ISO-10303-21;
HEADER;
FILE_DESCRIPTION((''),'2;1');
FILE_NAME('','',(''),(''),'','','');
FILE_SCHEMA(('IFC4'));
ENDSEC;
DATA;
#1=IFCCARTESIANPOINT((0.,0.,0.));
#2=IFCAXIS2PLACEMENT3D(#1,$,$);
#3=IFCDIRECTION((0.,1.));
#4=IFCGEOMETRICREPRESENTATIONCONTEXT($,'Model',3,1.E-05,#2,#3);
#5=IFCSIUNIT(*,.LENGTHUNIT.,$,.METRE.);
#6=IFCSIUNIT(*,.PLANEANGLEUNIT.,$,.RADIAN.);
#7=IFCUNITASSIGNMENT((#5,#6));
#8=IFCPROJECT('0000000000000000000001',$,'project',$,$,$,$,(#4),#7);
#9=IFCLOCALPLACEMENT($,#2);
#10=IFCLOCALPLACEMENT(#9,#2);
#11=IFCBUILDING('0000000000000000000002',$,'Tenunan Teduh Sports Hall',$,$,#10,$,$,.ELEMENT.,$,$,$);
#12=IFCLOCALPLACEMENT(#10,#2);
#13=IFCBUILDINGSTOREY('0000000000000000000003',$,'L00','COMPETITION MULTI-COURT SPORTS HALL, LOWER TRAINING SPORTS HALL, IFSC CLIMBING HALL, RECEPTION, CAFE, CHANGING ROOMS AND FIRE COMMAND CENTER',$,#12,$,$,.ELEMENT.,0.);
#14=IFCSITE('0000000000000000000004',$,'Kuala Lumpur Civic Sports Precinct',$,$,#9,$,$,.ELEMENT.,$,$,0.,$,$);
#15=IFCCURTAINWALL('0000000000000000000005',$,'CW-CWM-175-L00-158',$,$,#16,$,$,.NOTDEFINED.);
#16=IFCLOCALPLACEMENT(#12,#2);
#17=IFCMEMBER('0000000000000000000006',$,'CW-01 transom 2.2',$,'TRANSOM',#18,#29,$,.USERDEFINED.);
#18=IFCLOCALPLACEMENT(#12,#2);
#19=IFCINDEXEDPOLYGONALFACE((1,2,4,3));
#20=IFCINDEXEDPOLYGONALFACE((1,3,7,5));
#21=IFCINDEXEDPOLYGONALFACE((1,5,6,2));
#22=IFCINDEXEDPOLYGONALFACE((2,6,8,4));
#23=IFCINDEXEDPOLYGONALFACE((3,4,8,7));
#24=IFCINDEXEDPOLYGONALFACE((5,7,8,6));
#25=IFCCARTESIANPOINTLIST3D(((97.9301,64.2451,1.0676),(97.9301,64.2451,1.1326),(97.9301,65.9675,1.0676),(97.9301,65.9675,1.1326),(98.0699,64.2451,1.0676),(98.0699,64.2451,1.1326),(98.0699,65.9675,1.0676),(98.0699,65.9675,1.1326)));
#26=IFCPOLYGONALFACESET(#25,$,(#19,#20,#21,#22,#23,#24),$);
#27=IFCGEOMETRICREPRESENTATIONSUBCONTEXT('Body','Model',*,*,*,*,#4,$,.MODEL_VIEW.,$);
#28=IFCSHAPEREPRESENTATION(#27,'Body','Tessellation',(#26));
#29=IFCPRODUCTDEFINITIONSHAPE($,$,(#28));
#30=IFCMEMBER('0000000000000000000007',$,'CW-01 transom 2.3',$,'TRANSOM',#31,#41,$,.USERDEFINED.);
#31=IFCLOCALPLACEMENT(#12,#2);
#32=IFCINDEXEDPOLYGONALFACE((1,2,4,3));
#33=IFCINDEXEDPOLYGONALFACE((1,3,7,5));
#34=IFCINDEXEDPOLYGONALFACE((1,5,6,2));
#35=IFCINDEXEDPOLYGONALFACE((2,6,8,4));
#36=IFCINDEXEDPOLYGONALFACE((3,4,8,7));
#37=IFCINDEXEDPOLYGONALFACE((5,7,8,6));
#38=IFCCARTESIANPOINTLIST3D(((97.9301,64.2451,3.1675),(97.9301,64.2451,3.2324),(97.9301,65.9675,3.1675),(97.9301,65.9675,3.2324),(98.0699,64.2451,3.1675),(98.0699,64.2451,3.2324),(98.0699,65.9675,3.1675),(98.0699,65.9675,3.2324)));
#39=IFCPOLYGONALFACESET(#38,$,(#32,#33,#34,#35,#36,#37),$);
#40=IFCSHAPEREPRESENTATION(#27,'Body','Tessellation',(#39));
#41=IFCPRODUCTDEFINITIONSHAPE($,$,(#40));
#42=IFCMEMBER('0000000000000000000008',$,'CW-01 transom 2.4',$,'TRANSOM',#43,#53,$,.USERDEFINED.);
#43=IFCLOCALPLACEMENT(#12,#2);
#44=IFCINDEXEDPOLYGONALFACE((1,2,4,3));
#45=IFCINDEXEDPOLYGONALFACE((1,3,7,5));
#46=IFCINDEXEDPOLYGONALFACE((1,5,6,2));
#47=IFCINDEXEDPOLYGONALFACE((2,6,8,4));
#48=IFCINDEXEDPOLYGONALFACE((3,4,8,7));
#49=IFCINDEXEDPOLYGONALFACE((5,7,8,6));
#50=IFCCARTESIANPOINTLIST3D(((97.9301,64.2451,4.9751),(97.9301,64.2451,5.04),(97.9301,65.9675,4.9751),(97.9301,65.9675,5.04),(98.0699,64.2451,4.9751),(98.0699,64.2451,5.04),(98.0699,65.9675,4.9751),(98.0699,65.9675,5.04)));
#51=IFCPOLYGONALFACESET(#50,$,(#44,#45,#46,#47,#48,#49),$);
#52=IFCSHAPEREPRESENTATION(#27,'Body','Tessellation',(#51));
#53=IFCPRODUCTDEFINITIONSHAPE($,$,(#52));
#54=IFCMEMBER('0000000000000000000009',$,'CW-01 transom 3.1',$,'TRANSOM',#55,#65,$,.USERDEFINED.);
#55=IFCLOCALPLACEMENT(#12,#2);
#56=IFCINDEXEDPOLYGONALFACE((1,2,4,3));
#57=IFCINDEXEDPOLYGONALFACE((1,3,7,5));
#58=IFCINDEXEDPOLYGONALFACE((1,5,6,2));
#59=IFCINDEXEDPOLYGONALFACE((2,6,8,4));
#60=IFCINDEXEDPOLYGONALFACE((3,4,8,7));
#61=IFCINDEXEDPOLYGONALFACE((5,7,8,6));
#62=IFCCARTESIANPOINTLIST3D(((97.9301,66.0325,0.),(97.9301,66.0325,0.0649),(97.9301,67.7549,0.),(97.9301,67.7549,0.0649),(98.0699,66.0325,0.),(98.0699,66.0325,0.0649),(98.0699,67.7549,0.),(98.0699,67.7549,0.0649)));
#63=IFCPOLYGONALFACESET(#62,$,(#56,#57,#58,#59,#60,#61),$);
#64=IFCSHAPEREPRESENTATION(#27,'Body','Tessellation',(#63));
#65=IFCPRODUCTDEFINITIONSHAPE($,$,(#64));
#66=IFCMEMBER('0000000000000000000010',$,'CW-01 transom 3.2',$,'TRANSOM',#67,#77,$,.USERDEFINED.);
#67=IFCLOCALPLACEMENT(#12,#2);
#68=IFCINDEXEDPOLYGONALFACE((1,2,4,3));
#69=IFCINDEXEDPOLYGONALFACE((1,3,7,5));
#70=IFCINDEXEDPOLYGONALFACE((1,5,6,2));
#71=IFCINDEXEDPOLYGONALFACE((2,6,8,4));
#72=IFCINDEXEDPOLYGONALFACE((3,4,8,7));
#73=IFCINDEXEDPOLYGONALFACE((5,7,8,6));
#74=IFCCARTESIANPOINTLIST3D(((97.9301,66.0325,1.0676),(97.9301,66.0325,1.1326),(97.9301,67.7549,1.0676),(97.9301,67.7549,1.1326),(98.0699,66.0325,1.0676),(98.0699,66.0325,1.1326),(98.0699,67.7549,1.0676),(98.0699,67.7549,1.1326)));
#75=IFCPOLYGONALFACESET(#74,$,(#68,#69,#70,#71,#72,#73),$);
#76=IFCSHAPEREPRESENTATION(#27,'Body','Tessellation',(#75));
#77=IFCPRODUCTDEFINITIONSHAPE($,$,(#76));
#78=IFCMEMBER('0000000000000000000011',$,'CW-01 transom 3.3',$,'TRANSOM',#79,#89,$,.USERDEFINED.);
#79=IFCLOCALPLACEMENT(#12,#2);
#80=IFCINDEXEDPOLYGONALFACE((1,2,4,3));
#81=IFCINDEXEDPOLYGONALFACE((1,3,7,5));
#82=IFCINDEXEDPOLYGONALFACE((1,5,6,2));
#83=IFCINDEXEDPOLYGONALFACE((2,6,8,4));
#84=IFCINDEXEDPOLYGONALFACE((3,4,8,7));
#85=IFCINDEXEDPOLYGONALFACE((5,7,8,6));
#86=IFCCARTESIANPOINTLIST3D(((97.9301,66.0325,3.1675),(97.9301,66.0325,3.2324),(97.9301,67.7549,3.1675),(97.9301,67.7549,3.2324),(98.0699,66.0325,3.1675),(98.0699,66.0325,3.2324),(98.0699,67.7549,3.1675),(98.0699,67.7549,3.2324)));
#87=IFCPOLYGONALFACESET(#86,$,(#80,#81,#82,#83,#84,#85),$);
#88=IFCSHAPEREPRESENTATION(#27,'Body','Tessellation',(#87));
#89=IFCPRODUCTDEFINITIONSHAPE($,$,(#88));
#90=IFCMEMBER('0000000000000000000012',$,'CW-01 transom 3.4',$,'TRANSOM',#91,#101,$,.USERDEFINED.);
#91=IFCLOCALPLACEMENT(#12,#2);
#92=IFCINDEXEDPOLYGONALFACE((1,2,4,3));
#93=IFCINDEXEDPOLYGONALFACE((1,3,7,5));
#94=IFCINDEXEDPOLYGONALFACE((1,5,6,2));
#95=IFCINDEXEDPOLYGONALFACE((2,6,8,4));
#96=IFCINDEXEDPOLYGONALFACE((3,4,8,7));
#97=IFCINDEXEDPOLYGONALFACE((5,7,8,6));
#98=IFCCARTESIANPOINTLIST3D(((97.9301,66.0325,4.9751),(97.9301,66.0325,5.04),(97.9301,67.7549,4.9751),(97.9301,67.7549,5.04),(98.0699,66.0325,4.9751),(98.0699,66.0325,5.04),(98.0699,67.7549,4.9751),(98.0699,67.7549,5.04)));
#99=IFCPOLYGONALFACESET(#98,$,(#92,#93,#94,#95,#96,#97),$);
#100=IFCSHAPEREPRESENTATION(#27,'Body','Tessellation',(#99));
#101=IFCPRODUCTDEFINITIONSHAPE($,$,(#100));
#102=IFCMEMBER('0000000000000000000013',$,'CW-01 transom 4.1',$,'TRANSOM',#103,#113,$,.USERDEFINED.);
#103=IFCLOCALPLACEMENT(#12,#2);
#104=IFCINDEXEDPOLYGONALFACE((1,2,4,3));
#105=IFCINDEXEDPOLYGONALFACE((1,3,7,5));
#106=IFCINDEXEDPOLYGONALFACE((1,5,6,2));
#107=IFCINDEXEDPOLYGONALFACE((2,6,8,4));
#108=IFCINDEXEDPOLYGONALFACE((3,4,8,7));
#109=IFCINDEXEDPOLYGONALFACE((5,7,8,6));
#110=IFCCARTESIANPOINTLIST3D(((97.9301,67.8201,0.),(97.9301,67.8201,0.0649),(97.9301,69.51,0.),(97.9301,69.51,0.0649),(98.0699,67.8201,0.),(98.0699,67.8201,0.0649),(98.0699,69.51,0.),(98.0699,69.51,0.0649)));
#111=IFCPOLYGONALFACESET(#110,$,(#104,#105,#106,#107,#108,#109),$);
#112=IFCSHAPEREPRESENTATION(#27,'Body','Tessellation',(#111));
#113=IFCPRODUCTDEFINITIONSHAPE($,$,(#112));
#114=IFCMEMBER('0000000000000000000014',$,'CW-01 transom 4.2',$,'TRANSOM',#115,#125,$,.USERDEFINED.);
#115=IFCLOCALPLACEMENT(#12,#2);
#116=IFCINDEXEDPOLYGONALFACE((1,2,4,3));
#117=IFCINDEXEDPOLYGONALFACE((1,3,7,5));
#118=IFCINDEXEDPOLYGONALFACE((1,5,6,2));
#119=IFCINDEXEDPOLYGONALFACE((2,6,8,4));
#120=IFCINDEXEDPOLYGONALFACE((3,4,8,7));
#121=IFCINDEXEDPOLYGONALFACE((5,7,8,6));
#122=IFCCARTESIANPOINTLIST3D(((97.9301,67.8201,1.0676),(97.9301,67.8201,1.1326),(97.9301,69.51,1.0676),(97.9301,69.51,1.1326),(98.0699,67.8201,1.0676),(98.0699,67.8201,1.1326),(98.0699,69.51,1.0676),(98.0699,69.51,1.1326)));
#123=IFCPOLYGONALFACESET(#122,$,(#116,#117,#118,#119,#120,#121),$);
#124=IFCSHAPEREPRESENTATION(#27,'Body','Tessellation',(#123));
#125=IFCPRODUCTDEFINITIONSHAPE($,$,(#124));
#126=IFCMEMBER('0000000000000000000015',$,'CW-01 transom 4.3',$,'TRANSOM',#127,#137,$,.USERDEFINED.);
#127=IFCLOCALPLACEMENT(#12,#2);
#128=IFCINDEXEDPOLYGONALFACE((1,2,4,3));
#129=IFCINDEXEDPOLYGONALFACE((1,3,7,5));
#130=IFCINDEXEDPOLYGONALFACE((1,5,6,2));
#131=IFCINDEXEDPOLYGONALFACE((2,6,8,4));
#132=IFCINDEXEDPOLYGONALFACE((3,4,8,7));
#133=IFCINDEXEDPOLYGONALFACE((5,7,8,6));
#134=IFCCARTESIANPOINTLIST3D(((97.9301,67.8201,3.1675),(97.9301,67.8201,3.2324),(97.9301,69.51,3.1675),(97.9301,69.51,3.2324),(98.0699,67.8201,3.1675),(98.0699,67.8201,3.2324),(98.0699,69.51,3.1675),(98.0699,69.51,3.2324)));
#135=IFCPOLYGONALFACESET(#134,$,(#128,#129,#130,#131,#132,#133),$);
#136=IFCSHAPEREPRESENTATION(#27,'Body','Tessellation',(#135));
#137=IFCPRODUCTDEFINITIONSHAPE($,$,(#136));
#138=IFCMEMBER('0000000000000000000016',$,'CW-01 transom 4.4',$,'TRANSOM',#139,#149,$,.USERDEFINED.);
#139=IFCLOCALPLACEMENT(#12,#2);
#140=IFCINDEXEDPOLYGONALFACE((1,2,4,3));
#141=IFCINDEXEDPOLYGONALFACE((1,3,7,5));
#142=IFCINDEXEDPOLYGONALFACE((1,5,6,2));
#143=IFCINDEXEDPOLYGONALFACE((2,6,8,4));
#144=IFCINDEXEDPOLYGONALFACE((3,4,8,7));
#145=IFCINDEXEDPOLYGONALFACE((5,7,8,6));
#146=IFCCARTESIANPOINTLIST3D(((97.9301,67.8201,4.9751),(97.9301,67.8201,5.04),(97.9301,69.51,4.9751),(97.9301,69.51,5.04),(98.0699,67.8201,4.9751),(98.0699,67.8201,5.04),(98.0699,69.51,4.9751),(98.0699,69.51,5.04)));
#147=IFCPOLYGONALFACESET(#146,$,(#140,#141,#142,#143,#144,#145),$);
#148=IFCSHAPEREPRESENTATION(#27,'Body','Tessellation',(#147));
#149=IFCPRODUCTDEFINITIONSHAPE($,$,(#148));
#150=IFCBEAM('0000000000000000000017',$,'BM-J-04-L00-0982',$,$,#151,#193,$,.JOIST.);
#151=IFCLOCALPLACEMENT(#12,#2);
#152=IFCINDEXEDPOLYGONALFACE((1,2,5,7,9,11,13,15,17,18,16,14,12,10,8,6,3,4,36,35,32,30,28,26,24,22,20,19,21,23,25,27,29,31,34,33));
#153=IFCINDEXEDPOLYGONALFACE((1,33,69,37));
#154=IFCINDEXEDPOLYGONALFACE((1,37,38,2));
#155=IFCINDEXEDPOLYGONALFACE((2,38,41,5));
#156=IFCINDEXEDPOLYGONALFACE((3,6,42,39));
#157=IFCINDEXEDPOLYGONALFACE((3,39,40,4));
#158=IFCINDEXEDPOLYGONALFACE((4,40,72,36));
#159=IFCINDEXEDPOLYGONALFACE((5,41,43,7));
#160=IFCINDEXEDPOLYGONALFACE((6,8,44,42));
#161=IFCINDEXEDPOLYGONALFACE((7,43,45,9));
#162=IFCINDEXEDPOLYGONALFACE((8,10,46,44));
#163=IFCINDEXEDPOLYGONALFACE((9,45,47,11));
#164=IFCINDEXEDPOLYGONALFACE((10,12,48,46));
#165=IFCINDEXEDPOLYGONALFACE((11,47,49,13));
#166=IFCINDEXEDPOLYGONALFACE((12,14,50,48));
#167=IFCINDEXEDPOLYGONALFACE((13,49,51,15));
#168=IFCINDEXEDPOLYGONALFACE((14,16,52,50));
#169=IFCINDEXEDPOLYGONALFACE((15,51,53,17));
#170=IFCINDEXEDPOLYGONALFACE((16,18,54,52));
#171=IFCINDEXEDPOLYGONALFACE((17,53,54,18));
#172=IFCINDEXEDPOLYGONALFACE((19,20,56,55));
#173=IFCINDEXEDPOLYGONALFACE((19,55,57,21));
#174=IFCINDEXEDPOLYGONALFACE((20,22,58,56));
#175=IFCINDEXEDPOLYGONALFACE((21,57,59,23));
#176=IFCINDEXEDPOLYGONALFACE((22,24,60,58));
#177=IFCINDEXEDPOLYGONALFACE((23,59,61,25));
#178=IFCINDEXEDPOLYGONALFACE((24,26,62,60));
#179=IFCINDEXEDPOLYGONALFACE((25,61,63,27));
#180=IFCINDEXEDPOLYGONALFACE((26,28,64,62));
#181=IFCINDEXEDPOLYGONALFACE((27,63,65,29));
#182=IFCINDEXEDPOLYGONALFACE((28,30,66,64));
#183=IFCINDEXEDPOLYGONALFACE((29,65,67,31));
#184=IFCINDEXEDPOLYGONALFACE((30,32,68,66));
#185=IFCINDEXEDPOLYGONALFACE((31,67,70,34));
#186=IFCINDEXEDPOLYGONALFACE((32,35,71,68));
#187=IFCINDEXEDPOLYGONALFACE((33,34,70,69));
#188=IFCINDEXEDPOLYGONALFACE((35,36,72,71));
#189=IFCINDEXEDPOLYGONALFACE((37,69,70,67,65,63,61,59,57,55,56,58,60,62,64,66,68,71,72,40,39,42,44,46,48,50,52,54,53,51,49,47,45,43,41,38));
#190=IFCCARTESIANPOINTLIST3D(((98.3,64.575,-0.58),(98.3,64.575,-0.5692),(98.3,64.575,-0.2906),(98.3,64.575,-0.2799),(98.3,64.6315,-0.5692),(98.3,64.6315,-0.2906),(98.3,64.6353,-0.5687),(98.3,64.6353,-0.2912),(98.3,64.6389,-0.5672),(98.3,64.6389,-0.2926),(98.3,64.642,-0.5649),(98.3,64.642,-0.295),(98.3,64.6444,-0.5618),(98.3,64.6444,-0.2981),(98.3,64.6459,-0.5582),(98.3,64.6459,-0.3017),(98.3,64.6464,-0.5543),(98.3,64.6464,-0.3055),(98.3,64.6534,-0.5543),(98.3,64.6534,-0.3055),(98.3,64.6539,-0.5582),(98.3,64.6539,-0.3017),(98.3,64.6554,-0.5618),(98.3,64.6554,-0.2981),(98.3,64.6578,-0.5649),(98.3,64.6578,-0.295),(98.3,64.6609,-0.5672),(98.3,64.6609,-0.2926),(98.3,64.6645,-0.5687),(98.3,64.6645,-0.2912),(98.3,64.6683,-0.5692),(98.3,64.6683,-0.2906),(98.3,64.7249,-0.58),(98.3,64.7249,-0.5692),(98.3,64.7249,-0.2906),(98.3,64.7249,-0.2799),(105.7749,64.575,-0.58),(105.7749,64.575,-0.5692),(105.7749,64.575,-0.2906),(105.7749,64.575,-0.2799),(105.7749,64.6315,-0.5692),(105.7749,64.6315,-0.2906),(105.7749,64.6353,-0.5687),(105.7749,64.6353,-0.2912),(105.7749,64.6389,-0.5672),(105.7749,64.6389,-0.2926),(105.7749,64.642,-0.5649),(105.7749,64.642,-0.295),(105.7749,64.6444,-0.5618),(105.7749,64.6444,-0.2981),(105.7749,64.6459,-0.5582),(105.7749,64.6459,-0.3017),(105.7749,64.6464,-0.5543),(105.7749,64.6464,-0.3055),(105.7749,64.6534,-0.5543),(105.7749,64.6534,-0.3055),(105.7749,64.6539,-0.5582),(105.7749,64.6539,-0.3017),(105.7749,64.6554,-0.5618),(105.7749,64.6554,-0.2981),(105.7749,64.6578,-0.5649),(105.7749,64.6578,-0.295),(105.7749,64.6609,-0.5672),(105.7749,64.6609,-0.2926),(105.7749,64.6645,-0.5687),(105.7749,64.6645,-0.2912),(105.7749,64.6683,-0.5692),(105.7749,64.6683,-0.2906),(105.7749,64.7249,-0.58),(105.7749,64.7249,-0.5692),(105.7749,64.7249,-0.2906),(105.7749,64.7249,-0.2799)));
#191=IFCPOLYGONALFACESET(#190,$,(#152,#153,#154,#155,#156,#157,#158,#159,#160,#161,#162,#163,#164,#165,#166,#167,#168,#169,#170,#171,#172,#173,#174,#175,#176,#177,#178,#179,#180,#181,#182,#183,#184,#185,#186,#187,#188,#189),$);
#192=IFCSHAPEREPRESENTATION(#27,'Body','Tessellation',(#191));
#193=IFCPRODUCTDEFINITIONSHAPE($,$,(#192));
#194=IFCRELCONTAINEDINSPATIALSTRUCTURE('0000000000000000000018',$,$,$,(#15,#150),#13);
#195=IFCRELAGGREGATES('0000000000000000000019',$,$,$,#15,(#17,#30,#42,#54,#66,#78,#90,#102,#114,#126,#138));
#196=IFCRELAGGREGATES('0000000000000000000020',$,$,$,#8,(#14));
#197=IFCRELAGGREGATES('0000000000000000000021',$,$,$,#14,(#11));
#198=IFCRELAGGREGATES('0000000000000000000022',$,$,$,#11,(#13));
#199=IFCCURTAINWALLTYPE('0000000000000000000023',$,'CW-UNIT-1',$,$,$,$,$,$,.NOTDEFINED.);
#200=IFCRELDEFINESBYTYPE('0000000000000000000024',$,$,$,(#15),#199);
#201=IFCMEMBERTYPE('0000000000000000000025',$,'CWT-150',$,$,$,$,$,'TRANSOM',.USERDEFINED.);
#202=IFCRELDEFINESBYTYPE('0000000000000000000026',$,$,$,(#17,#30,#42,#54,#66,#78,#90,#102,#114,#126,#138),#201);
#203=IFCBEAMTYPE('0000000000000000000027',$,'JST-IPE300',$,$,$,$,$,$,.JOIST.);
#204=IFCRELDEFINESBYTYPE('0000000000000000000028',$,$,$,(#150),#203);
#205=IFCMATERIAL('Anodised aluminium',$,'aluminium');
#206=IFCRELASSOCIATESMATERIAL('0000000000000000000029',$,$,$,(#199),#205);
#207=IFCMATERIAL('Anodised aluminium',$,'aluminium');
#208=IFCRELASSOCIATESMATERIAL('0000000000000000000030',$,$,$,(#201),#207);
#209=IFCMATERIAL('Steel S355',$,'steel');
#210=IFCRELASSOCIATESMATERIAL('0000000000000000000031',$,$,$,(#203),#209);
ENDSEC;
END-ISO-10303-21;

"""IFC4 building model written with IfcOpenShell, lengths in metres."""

from ifc_helpers import new_model, si_unit, direction, frame, origin, origin_2d, place, context, subcontext, project, spatial, rectangle, i_section, extrude, material, material_profile, profile_set, type_object, element, aggregate, save


model = new_model("IFC4")

# Units and contexts
model_context = context("Model", 3, precision=1e-05, world=origin(), true_north=direction((0.0, 1.0)))
body_context = subcontext(model_context, "Body", "Model", "MODEL_VIEW")
ifc_project = project(units=[si_unit("LENGTHUNIT", "METRE"), si_unit("PLANEANGLEUNIT", "RADIAN")], contexts=[model_context])

# Site, building, storey
site_placement = place(None, origin())
site = spatial("IfcSite", under=ifc_project, at=site_placement, Name="Kuala Lumpur Civic Sports Precinct", CompositionType="ELEMENT", RefElevation=0.0)
building_placement = place(site_placement, origin())
building = spatial("IfcBuilding", under=site, at=building_placement, Name="Tenunan Teduh Sports Hall", CompositionType="ELEMENT")
storey_placement = place(building_placement, origin())
storey = spatial("IfcBuildingStorey", under=building, at=storey_placement, Name="L00", Description="COMPETITION MULTI-COURT SPORTS HALL, LOWER TRAINING SPORTS HALL, IFSC CLIMBING HALL, RECEPTION, CAFE, CHANGING ROOMS AND FIRE COMMAND CENTER", CompositionType="ELEMENT", Elevation=0.0)

# Curtain wall, members
ifc_material_1 = material(Name="Anodised aluminium", Category="aluminium")
curtain_wall_type = type_object("IfcCurtainWallType", Name="CW-UNIT-1", PredefinedType="NOTDEFINED", material=ifc_material_1)
curtain_wall_placement = place(storey_placement, origin())
curtain_wall = element("IfcCurtainWall", 1, at=curtain_wall_placement, inside=storey, type_object=curtain_wall_type, Name="CW-CWM-175-L00-158", PredefinedType="NOTDEFINED")
ifc_material_2 = material(Name="Anodised aluminium", Category="aluminium")
ifc_material_profile_1 = material_profile(ifc_material_2, rectangle(XDim=0.0649, YDim=0.1399, at=origin_2d()), Name="CWT 65x140")
ifc_profile_set_1 = profile_set([ifc_material_profile_1], Name="Anodised aluminium")
member_type = type_object("IfcMemberType", Name="CWT-150", ElementType="TRANSOM", PredefinedType="USERDEFINED", material=ifc_profile_set_1)
member_1_placement = place(storey_placement, frame((98.0, 64.2451, 1.1001), z_axis=(0.0, 1.0, 0.0), x_axis=(0.0, 0.0, 1.0)))
member_1 = element("IfcMember", 2, at=member_1_placement, type_object=member_type, Name="CW-01 transom 2.2", ObjectType="TRANSOM", PredefinedType="USERDEFINED", context=body_context, shape_type="SweptSolid", body=[
    extrude(rectangle(XDim=0.0649, YDim=0.1399, at=origin_2d()), origin(), (0.0, 0.0, 1.0), 1.7224),
])
member_2_placement = place(storey_placement, frame((98.0, 64.2451, 3.2), z_axis=(0.0, 1.0, 0.0), x_axis=(0.0, 0.0, 1.0)))
member_2 = element("IfcMember", 3, at=member_2_placement, type_object=member_type, Name="CW-01 transom 2.3", ObjectType="TRANSOM", PredefinedType="USERDEFINED", context=body_context, shape_type="SweptSolid", body=[
    extrude(rectangle(XDim=0.0649, YDim=0.1399, at=origin_2d()), origin(), (0.0, 0.0, 1.0), 1.7224),
])
member_3_placement = place(storey_placement, frame((98.0, 64.2451, 5.0076), z_axis=(0.0, 1.0, 0.0), x_axis=(0.0, 0.0, 1.0)))
member_3 = element("IfcMember", 4, at=member_3_placement, type_object=member_type, Name="CW-01 transom 2.4", ObjectType="TRANSOM", PredefinedType="USERDEFINED", context=body_context, shape_type="SweptSolid", body=[
    extrude(rectangle(XDim=0.0649, YDim=0.1399, at=origin_2d()), origin(), (0.0, 0.0, 1.0), 1.7224),
])
member_4_placement = place(storey_placement, frame((98.0, 66.0325, 0.0325), z_axis=(0.0, 1.0, 0.0), x_axis=(0.0, 0.0, 1.0)))
member_4 = element("IfcMember", 5, at=member_4_placement, type_object=member_type, Name="CW-01 transom 3.1", ObjectType="TRANSOM", PredefinedType="USERDEFINED", context=body_context, shape_type="SweptSolid", body=[
    extrude(rectangle(XDim=0.0649, YDim=0.1399, at=origin_2d()), origin(), (0.0, 0.0, 1.0), 1.7224),
])
member_5_placement = place(storey_placement, frame((98.0, 66.0325, 1.1001), z_axis=(0.0, 1.0, 0.0), x_axis=(0.0, 0.0, 1.0)))
member_5 = element("IfcMember", 6, at=member_5_placement, type_object=member_type, Name="CW-01 transom 3.2", ObjectType="TRANSOM", PredefinedType="USERDEFINED", context=body_context, shape_type="SweptSolid", body=[
    extrude(rectangle(XDim=0.0649, YDim=0.1399, at=origin_2d()), origin(), (0.0, 0.0, 1.0), 1.7224),
])
member_6_placement = place(storey_placement, frame((98.0, 66.0325, 3.2), z_axis=(0.0, 1.0, 0.0), x_axis=(0.0, 0.0, 1.0)))
member_6 = element("IfcMember", 7, at=member_6_placement, type_object=member_type, Name="CW-01 transom 3.3", ObjectType="TRANSOM", PredefinedType="USERDEFINED", context=body_context, shape_type="SweptSolid", body=[
    extrude(rectangle(XDim=0.0649, YDim=0.1399, at=origin_2d()), origin(), (0.0, 0.0, 1.0), 1.7224),
])
member_7_placement = place(storey_placement, frame((98.0, 66.0325, 5.0076), z_axis=(0.0, 1.0, 0.0), x_axis=(0.0, 0.0, 1.0)))
member_7 = element("IfcMember", 8, at=member_7_placement, type_object=member_type, Name="CW-01 transom 3.4", ObjectType="TRANSOM", PredefinedType="USERDEFINED", context=body_context, shape_type="SweptSolid", body=[
    extrude(rectangle(XDim=0.0649, YDim=0.1399, at=origin_2d()), origin(), (0.0, 0.0, 1.0), 1.7224),
])
member_8_placement = place(storey_placement, frame((98.0, 67.8201, 0.0325), z_axis=(0.0, 1.0, 0.0), x_axis=(0.0, 0.0, 1.0)))
member_8 = element("IfcMember", 9, at=member_8_placement, type_object=member_type, Name="CW-01 transom 4.1", ObjectType="TRANSOM", PredefinedType="USERDEFINED", context=body_context, shape_type="SweptSolid", body=[
    extrude(rectangle(XDim=0.0649, YDim=0.1399, at=origin_2d()), origin(), (0.0, 0.0, 1.0), 1.6899),
])
member_9_placement = place(storey_placement, frame((98.0, 67.8201, 1.1001), z_axis=(0.0, 1.0, 0.0), x_axis=(0.0, 0.0, 1.0)))
member_9 = element("IfcMember", 10, at=member_9_placement, type_object=member_type, Name="CW-01 transom 4.2", ObjectType="TRANSOM", PredefinedType="USERDEFINED", context=body_context, shape_type="SweptSolid", body=[
    extrude(rectangle(XDim=0.0649, YDim=0.1399, at=origin_2d()), origin(), (0.0, 0.0, 1.0), 1.6899),
])
member_10_placement = place(storey_placement, frame((98.0, 67.8201, 3.2), z_axis=(0.0, 1.0, 0.0), x_axis=(0.0, 0.0, 1.0)))
member_10 = element("IfcMember", 11, at=member_10_placement, type_object=member_type, Name="CW-01 transom 4.3", ObjectType="TRANSOM", PredefinedType="USERDEFINED", context=body_context, shape_type="SweptSolid", body=[
    extrude(rectangle(XDim=0.0649, YDim=0.1399, at=origin_2d()), origin(), (0.0, 0.0, 1.0), 1.6899),
])
member_11_placement = place(storey_placement, frame((98.0, 67.8201, 5.0076), z_axis=(0.0, 1.0, 0.0), x_axis=(0.0, 0.0, 1.0)))
member_11 = element("IfcMember", 12, at=member_11_placement, type_object=member_type, Name="CW-01 transom 4.4", ObjectType="TRANSOM", PredefinedType="USERDEFINED", context=body_context, shape_type="SweptSolid", body=[
    extrude(rectangle(XDim=0.0649, YDim=0.1399, at=origin_2d()), origin(), (0.0, 0.0, 1.0), 1.6899),
])

# Beam
ifc_material_3 = material(Name="Steel S355", Category="steel")
ifc_material_profile_2 = material_profile(ifc_material_3, i_section(OverallWidth=0.1499, OverallDepth=0.3, WebThickness=0.0071, FlangeThickness=0.0107, FilletRadius=0.0149, at=origin_2d()), Name="IPE 300")
ifc_profile_set_2 = profile_set([ifc_material_profile_2], Name="Steel S355")
beam_type_1 = type_object("IfcBeamType", Name="JST-IPE300", PredefinedType="JOIST", material=ifc_profile_set_2)
beam_1_placement = place(storey_placement, frame((98.3, 64.6499, -0.4299), z_axis=(1.0, 0.0, 0.0), x_axis=(0.0, 1.0, 0.0)))
element("IfcBeam", 13, at=beam_1_placement, inside=storey, type_object=beam_type_1, Name="BM-J-04-L00-0982", PredefinedType="JOIST", context=body_context, shape_type="SweptSolid", body=[
    extrude(i_section(OverallWidth=0.1499, OverallDepth=0.3, WebThickness=0.0071, FlangeThickness=0.0107, FilletRadius=0.0149, at=origin_2d()), origin(), (0.0, 0.0, 1.0), 7.4749),
])

aggregate(curtain_wall, [member_1, member_2, member_3, member_4, member_5, member_6, member_7, member_8, member_9, member_10, member_11])

save(model, "model.ifc")
